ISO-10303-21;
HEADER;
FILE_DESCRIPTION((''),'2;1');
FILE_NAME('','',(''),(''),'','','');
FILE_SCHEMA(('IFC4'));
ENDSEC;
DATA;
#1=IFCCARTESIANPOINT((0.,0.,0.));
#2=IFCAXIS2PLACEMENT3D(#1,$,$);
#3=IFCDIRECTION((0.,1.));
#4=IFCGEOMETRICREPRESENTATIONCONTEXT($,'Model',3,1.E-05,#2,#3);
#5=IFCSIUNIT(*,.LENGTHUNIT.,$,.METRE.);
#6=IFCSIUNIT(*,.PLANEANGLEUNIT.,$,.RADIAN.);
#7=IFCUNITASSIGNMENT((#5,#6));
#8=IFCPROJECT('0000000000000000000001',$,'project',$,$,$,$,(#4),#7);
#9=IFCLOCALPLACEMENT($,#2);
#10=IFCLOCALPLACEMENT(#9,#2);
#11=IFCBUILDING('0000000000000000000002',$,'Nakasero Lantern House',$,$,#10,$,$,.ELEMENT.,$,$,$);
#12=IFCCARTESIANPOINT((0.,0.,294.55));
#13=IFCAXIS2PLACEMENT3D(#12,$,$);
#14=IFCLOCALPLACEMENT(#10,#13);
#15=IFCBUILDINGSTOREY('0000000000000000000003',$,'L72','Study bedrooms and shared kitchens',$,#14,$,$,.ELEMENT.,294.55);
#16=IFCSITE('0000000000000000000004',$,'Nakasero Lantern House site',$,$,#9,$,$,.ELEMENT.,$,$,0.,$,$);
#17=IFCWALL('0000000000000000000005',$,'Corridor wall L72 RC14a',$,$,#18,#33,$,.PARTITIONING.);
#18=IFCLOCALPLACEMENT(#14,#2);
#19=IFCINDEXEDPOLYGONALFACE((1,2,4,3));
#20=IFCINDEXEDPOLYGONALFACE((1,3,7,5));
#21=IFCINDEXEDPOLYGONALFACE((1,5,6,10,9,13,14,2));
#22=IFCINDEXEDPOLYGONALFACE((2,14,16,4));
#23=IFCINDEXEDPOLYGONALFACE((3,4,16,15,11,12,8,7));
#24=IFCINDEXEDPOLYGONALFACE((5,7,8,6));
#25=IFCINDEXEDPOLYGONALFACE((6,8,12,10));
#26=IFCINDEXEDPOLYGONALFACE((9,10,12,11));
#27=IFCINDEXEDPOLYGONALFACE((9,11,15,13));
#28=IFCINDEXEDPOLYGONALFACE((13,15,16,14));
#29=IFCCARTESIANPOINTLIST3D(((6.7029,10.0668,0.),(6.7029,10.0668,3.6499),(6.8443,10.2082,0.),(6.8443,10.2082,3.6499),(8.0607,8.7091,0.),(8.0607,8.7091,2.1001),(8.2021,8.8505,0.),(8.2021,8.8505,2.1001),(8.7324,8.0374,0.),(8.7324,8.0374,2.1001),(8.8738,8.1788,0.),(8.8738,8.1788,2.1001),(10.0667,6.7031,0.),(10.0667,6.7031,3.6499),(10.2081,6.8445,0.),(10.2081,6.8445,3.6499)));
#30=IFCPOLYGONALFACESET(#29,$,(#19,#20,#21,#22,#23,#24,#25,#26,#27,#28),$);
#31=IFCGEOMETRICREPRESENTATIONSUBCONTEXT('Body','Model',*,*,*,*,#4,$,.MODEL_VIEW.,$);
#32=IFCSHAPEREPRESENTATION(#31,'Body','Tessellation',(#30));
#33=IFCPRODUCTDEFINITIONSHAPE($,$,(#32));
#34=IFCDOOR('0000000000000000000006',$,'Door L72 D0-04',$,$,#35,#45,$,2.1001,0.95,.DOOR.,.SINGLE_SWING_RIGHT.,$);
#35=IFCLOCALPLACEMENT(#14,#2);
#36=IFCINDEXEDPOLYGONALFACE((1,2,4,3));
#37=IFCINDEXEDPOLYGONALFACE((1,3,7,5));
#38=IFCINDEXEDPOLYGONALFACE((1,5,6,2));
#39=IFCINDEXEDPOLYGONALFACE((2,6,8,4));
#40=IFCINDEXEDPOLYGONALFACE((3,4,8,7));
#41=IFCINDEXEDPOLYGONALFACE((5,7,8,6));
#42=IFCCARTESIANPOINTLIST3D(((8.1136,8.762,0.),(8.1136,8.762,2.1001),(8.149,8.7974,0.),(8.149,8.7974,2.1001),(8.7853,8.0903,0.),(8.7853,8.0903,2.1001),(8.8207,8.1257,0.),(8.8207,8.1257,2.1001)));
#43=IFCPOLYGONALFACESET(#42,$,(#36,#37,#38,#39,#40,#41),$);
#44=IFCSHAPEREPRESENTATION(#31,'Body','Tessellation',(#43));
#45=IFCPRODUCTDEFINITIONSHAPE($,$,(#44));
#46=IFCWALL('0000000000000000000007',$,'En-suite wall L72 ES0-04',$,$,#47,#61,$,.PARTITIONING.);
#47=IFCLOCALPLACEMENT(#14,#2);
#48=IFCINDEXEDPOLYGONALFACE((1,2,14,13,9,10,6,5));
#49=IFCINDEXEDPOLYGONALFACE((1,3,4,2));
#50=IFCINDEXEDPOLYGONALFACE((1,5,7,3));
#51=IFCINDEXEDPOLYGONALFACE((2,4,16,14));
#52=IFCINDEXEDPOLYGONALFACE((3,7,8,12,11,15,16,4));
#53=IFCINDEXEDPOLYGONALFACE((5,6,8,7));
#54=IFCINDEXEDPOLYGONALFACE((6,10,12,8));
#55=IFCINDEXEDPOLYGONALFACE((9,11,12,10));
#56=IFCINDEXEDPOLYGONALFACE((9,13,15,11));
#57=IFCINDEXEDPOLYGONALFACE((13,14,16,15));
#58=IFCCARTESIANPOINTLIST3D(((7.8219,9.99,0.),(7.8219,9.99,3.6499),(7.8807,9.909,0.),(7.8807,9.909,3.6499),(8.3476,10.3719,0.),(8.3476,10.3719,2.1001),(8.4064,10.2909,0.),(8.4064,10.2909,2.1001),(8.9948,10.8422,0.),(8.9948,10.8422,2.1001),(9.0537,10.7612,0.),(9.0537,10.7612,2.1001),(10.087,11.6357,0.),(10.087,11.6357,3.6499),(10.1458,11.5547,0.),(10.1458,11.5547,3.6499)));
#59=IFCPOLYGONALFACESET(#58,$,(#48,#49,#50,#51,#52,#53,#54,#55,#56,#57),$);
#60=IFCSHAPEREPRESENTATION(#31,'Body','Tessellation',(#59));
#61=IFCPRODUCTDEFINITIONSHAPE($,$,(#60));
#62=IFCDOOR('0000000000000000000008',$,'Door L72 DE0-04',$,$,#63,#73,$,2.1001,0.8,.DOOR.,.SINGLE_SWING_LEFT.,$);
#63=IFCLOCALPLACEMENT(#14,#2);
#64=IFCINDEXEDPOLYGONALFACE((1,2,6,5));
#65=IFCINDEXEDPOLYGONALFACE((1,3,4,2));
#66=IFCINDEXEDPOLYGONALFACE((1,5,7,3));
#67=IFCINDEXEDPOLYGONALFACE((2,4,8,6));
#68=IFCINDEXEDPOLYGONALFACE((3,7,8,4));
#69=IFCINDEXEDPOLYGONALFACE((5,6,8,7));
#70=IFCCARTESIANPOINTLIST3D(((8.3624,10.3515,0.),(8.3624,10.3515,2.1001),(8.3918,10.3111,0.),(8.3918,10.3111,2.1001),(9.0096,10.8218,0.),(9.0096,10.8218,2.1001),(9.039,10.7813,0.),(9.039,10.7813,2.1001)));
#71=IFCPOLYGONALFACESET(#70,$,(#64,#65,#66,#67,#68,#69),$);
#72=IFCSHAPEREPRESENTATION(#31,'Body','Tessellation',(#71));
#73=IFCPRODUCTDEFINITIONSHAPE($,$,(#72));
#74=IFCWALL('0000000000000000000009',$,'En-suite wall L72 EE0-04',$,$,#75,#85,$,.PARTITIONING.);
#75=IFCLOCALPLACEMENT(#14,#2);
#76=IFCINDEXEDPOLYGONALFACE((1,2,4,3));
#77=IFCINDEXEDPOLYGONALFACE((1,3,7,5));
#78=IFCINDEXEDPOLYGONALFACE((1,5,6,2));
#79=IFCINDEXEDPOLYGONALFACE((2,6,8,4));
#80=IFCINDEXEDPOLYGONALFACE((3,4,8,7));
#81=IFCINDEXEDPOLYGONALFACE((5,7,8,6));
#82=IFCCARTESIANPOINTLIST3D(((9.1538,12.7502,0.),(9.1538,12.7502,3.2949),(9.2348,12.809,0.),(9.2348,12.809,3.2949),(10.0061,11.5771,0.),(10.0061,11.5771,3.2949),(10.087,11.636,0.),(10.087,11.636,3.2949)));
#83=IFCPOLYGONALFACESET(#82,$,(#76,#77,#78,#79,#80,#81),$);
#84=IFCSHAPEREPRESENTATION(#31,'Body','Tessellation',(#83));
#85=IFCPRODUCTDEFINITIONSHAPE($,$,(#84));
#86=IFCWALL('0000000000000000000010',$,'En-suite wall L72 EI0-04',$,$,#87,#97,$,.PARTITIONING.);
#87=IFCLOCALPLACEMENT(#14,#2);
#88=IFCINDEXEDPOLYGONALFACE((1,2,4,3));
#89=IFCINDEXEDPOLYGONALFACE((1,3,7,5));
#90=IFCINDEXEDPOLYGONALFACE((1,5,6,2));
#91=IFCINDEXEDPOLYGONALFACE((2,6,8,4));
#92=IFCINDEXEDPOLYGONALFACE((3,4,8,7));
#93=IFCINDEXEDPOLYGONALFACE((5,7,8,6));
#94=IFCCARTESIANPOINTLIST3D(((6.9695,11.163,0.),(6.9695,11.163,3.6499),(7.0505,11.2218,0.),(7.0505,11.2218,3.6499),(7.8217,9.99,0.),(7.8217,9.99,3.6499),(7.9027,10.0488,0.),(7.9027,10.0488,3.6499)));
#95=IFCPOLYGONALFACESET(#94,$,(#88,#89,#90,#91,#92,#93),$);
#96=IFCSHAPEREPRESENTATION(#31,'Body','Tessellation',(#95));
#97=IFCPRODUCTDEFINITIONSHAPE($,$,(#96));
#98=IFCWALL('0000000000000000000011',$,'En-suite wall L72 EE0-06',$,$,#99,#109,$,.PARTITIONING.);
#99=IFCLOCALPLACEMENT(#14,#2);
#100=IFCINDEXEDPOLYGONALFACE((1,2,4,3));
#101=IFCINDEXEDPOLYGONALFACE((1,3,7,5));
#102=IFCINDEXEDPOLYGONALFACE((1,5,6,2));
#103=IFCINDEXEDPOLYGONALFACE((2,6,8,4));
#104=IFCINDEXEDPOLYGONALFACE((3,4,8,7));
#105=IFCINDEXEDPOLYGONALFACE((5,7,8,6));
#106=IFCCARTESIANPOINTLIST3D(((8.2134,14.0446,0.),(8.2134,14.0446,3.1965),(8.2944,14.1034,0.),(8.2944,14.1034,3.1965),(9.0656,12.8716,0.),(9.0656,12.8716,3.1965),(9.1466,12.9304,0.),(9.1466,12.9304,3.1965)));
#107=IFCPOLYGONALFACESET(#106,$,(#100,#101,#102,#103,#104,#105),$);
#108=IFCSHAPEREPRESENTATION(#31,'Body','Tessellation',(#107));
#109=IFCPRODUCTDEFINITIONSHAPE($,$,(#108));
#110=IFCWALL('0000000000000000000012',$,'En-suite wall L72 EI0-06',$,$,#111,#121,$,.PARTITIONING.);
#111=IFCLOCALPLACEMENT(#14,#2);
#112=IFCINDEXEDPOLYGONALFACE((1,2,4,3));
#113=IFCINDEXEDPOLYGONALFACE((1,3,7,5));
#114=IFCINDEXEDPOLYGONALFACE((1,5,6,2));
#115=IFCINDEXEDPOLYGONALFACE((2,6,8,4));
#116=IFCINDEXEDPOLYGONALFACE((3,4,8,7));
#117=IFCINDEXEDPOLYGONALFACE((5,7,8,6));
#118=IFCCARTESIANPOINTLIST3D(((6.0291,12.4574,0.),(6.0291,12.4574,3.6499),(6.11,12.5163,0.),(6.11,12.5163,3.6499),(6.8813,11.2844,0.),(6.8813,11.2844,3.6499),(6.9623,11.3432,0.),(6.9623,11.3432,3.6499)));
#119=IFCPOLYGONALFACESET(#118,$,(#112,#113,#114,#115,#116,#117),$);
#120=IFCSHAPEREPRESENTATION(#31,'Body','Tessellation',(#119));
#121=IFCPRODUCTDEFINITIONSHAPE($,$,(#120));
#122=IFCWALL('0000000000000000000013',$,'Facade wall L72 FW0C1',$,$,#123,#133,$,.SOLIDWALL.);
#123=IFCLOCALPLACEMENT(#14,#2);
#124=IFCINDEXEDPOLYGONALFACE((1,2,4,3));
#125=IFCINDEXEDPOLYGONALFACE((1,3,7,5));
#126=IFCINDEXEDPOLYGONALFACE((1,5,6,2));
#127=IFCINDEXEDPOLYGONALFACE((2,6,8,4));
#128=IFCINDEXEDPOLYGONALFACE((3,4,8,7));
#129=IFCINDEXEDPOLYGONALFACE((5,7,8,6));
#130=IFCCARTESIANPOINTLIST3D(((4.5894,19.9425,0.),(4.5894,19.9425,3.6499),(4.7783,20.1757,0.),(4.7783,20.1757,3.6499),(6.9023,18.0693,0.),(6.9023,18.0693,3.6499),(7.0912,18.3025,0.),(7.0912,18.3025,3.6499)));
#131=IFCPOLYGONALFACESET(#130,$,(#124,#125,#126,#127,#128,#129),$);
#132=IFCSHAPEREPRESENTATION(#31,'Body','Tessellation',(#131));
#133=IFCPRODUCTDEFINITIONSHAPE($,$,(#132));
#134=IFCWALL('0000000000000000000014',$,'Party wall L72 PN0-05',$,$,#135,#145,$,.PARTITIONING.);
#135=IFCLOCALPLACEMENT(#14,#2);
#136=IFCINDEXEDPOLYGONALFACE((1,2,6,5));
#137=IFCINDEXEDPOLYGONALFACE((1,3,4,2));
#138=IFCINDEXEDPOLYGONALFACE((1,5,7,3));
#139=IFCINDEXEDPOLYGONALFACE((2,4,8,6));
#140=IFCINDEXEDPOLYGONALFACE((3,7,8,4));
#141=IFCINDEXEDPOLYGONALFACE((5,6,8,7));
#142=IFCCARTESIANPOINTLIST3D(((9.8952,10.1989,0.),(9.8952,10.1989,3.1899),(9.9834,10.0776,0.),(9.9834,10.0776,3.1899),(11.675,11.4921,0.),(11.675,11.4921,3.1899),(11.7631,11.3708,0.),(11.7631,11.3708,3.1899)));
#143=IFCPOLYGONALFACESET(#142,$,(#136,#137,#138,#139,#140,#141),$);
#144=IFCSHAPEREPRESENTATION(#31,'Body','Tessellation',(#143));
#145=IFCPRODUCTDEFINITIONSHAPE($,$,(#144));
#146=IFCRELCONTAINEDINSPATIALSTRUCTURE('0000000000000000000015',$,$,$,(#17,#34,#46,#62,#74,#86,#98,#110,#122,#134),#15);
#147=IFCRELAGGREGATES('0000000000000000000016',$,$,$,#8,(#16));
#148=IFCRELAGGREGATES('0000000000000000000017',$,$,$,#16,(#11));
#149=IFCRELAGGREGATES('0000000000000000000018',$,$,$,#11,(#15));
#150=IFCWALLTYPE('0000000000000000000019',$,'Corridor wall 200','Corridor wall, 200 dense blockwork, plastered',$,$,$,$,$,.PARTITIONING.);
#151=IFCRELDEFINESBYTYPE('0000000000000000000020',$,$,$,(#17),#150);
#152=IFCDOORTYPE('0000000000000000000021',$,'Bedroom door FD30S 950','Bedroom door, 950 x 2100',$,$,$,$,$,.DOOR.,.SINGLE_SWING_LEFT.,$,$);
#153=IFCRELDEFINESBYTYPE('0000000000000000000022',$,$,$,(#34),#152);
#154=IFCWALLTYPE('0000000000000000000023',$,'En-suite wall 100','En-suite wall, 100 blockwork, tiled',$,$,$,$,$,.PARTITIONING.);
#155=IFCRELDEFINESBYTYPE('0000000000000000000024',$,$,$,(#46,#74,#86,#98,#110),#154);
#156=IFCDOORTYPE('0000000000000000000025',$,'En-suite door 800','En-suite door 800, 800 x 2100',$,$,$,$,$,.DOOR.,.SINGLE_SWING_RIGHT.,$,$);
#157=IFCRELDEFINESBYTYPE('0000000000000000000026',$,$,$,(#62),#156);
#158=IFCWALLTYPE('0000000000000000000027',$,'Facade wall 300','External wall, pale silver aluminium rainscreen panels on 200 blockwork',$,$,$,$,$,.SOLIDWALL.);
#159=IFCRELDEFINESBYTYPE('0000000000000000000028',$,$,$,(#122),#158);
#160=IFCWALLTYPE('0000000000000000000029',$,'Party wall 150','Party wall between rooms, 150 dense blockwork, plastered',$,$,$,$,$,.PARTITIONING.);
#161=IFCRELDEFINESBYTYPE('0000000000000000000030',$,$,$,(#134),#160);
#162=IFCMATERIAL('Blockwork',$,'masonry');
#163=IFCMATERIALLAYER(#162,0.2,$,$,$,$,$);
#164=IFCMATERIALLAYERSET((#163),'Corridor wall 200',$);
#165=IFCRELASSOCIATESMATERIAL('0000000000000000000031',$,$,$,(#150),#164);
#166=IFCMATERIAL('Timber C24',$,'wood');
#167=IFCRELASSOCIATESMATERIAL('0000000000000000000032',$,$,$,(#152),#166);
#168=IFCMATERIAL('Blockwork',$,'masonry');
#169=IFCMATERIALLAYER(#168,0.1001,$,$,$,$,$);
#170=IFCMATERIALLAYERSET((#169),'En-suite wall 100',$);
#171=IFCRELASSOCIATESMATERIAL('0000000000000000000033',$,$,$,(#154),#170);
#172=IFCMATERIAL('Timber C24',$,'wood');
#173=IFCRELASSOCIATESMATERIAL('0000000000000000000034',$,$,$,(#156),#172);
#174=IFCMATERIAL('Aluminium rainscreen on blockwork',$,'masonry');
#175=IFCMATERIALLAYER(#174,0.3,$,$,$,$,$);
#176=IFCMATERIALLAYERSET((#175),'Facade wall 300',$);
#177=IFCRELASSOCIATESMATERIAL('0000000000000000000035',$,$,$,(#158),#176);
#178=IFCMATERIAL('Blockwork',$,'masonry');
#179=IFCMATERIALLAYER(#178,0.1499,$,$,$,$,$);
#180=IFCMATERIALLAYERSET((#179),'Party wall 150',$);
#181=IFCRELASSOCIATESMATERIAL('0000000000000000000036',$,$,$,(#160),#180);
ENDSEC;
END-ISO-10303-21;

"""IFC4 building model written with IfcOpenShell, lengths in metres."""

from ifc_helpers import new_model, si_unit, direction, frame, frame_2d, origin, place, context, subcontext, project, spatial, rectangle, extrude, material, layer, layer_set, type_object, element, fill, save


model = new_model("IFC4")

# Units and contexts
model_context = context("Model", 3, precision=1e-05, world=origin(), true_north=direction((0.0, 1.0)))
body_context = subcontext(model_context, "Body", "Model", "MODEL_VIEW")
ifc_project = project(units=[si_unit("LENGTHUNIT", "METRE"), si_unit("PLANEANGLEUNIT", "RADIAN")], contexts=[model_context])

# Site, building, storey
site_placement = place(None, origin())
site = spatial("IfcSite", under=ifc_project, at=site_placement, Name="Nakasero Lantern House site", CompositionType="ELEMENT", RefElevation=0.0)
building_placement = place(site_placement, origin())
building = spatial("IfcBuilding", under=site, at=building_placement, Name="Nakasero Lantern House", CompositionType="ELEMENT")
storey_placement = place(building_placement, frame((0.0, 0.0, 294.55)))
storey = spatial("IfcBuildingStorey", under=building, at=storey_placement, Name="L72", Description="Study bedrooms and shared kitchens", CompositionType="ELEMENT", Elevation=294.55)

# Walls, openings, doors
ifc_material_1 = material(Name="Blockwork", Category="masonry")
ifc_layer_1 = layer(ifc_material_1, 0.2)
ifc_layer_set_1 = layer_set([ifc_layer_1], Name="Corridor wall 200")
wall_type_1 = type_object("IfcWallType", Name="Corridor wall 200", Description="Corridor wall, 200 dense blockwork, plastered", PredefinedType="PARTITIONING", material=ifc_layer_set_1)
wall_1_placement = place(storey_placement, frame((6.7737, 10.1375, 0.0), z_axis=(0.0, 0.0, 1.0), x_axis=(0.707107, -0.707107, 0.0)))
wall_1 = element("IfcWall", 1, at=wall_1_placement, inside=storey, type_object=wall_type_1, Name="Corridor wall L72 RC14a", PredefinedType="PARTITIONING", context=body_context, shape_type="SweptSolid", body=[
    extrude(rectangle(XDim=4.7571, YDim=0.2, at=frame_2d((2.3784, 0.0))), origin(), (0.0, 0.0, 1.0), 3.6499),
])
opening_1_placement = place(wall_1_placement, frame((1.9199, 0.0, 0.0)))
opening_1 = element("IfcOpeningElement", 2, at=opening_1_placement, cuts=wall_1, PredefinedType="OPENING", context=body_context, shape_type="SweptSolid", body=[
    extrude(rectangle(XDim=0.95, YDim=2.1001, at=frame_2d((0.4751, 1.05))), frame((0.0, 0.1199, 0.0), z_axis=(0.0, -1.0, 0.0), x_axis=(1.0, 0.0, 0.0)), (0.0, 0.0, 1.0), 0.24),
])
ifc_material_2 = material(Name="Timber C24", Category="wood")
door_type_1 = type_object("IfcDoorType", Name="Bedroom door FD30S 950", Description="Bedroom door, 950 x 2100", OperationType="SINGLE_SWING_LEFT", PredefinedType="DOOR", material=ifc_material_2)
door_1_placement = place(opening_1_placement, origin())
door_1 = element("IfcDoor", 3, at=door_1_placement, inside=storey, type_object=door_type_1, Name="Door L72 D0-04", OperationType="SINGLE_SWING_RIGHT", OverallHeight=2.1001, OverallWidth=0.95, PredefinedType="DOOR", context=body_context, shape_type="SweptSolid", body=[
    extrude(rectangle(XDim=0.95, YDim=2.1001, at=frame_2d((0.4751, 1.05))), frame((0.0, 0.0249, 0.0), z_axis=(0.0, -1.0, 0.0), x_axis=(1.0, 0.0, 0.0)), (0.0, 0.0, 1.0), 0.05),
])
fill(opening_1, door_1)
ifc_material_3 = material(Name="Blockwork", Category="masonry")
ifc_layer_2 = layer(ifc_material_3, 0.1001)
ifc_layer_set_2 = layer_set([ifc_layer_2], Name="En-suite wall 100")
wall_type_2 = type_object("IfcWallType", Name="En-suite wall 100", Description="En-suite wall, 100 blockwork, tiled", PredefinedType="PARTITIONING", material=ifc_layer_set_2)
wall_2_placement = place(storey_placement, frame((7.8513, 9.9495, 0.0), z_axis=(0.0, 0.0, 1.0), x_axis=(0.809011, 0.587793, 0.0)))
wall_2 = element("IfcWall", 4, at=wall_2_placement, inside=storey, type_object=wall_type_2, Name="En-suite wall L72 ES0-04", PredefinedType="PARTITIONING", context=body_context, shape_type="SweptSolid", body=[
    extrude(rectangle(XDim=2.7998, YDim=0.1001, at=frame_2d((1.3999, 0.0))), origin(), (0.0, 0.0, 1.0), 3.6499),
])
opening_2_placement = place(wall_2_placement, frame((0.6499, 0.0, 0.0)))
opening_2 = element("IfcOpeningElement", 5, at=opening_2_placement, cuts=wall_2, PredefinedType="OPENING", context=body_context, shape_type="SweptSolid", body=[
    extrude(rectangle(XDim=0.8, YDim=2.1001, at=frame_2d((0.3999, 1.05))), frame((0.0, 0.0701, 0.0), z_axis=(0.0, -1.0, 0.0), x_axis=(1.0, 0.0, 0.0)), (0.0, 0.0, 1.0), 0.1401),
])
ifc_material_4 = material(Name="Timber C24", Category="wood")
door_type_2 = type_object("IfcDoorType", Name="En-suite door 800", Description="En-suite door 800, 800 x 2100", OperationType="SINGLE_SWING_RIGHT", PredefinedType="DOOR", material=ifc_material_4)
door_2_placement = place(opening_2_placement, origin())
door_2 = element("IfcDoor", 6, at=door_2_placement, inside=storey, type_object=door_type_2, Name="Door L72 DE0-04", OperationType="SINGLE_SWING_LEFT", OverallHeight=2.1001, OverallWidth=0.8, PredefinedType="DOOR", context=body_context, shape_type="SweptSolid", body=[
    extrude(rectangle(XDim=0.8, YDim=2.1001, at=frame_2d((0.3999, 1.05))), frame((0.0, 0.0249, 0.0), z_axis=(0.0, -1.0, 0.0), x_axis=(1.0, 0.0, 0.0)), (0.0, 0.0, 1.0), 0.05),
])
fill(opening_2, door_2)

# Walls
wall_3_placement = place(storey_placement, frame((10.0466, 11.6064, 0.0), z_axis=(0.0, 0.0, 1.0), x_axis=(-0.587781, 0.80902, 0.0)))
element("IfcWall", 7, at=wall_3_placement, inside=storey, type_object=wall_type_2, Name="En-suite wall L72 EE0-04", PredefinedType="PARTITIONING", context=body_context, shape_type="SweptSolid", body=[
    extrude(rectangle(XDim=1.45, YDim=0.1001, at=frame_2d((0.7251, 0.0))), origin(), (0.0, 0.0, 1.0), 3.2949),
])
wall_4_placement = place(storey_placement, frame((7.8623, 10.0193, 0.0), z_axis=(0.0, 0.0, 1.0), x_axis=(-0.587781, 0.80902, 0.0)))
element("IfcWall", 8, at=wall_4_placement, inside=storey, type_object=wall_type_2, Name="En-suite wall L72 EI0-04", PredefinedType="PARTITIONING", context=body_context, shape_type="SweptSolid", body=[
    extrude(rectangle(XDim=1.45, YDim=0.1001, at=frame_2d((0.7251, 0.0))), origin(), (0.0, 0.0, 1.0), 3.6499),
])
wall_5_placement = place(storey_placement, frame((9.1062, 12.9009, 0.0), z_axis=(0.0, 0.0, 1.0), x_axis=(-0.587781, 0.80902, 0.0)))
element("IfcWall", 9, at=wall_5_placement, inside=storey, type_object=wall_type_2, Name="En-suite wall L72 EE0-06", PredefinedType="PARTITIONING", context=body_context, shape_type="SweptSolid", body=[
    extrude(rectangle(XDim=1.45, YDim=0.1001, at=frame_2d((0.7251, 0.0))), origin(), (0.0, 0.0, 1.0), 3.1965),
])
wall_6_placement = place(storey_placement, frame((6.9219, 11.3137, 0.0), z_axis=(0.0, 0.0, 1.0), x_axis=(-0.587781, 0.80902, 0.0)))
element("IfcWall", 10, at=wall_6_placement, inside=storey, type_object=wall_type_2, Name="En-suite wall L72 EI0-06", PredefinedType="PARTITIONING", context=body_context, shape_type="SweptSolid", body=[
    extrude(rectangle(XDim=1.45, YDim=0.1001, at=frame_2d((0.7251, 0.0))), origin(), (0.0, 0.0, 1.0), 3.6499),
])
ifc_material_5 = material(Name="Aluminium rainscreen on blockwork", Category="masonry")
ifc_layer_3 = layer(ifc_material_5, 0.3)
ifc_layer_set_3 = layer_set([ifc_layer_3], Name="Facade wall 300")
wall_type_3 = type_object("IfcWallType", Name="Facade wall 300", Description="External wall, pale silver aluminium rainscreen panels on 200 blockwork", PredefinedType="SOLIDWALL", material=ifc_layer_set_3)
wall_7_placement = place(storey_placement, frame((6.9968, 18.1858, 0.0), z_axis=(0.0, 0.0, 1.0), x_axis=(-0.777102, 0.629375, 0.0)))
element("IfcWall", 11, at=wall_7_placement, inside=storey, type_object=wall_type_3, Name="Facade wall L72 FW0C1", PredefinedType="SOLIDWALL", context=body_context, shape_type="SweptSolid", body=[
    extrude(rectangle(XDim=2.9763, YDim=0.3, at=frame_2d((1.4883, 0.0))), origin(), (0.0, 0.0, 1.0), 3.6499),
])
ifc_material_6 = material(Name="Blockwork", Category="masonry")
ifc_layer_4 = layer(ifc_material_6, 0.1499)
ifc_layer_set_4 = layer_set([ifc_layer_4], Name="Party wall 150")
wall_type_4 = type_object("IfcWallType", Name="Party wall 150", Description="Party wall between rooms, 150 dense blockwork, plastered", PredefinedType="PARTITIONING", material=ifc_layer_set_4)
wall_8_placement = place(storey_placement, frame((9.9392, 10.1382, 0.0), z_axis=(0.0, 0.0, 1.0), x_axis=(0.80899, 0.587822, 0.0)))
element("IfcWall", 12, at=wall_8_placement, inside=storey, type_object=wall_type_4, Name="Party wall L72 PN0-05", PredefinedType="PARTITIONING", context=body_context, shape_type="SweptSolid", body=[
    extrude(rectangle(XDim=2.2, YDim=0.1499, at=frame_2d((1.1001, 0.0))), origin(), (0.0, 0.0, 1.0), 3.1899),
])

save(model, "model.ifc")
